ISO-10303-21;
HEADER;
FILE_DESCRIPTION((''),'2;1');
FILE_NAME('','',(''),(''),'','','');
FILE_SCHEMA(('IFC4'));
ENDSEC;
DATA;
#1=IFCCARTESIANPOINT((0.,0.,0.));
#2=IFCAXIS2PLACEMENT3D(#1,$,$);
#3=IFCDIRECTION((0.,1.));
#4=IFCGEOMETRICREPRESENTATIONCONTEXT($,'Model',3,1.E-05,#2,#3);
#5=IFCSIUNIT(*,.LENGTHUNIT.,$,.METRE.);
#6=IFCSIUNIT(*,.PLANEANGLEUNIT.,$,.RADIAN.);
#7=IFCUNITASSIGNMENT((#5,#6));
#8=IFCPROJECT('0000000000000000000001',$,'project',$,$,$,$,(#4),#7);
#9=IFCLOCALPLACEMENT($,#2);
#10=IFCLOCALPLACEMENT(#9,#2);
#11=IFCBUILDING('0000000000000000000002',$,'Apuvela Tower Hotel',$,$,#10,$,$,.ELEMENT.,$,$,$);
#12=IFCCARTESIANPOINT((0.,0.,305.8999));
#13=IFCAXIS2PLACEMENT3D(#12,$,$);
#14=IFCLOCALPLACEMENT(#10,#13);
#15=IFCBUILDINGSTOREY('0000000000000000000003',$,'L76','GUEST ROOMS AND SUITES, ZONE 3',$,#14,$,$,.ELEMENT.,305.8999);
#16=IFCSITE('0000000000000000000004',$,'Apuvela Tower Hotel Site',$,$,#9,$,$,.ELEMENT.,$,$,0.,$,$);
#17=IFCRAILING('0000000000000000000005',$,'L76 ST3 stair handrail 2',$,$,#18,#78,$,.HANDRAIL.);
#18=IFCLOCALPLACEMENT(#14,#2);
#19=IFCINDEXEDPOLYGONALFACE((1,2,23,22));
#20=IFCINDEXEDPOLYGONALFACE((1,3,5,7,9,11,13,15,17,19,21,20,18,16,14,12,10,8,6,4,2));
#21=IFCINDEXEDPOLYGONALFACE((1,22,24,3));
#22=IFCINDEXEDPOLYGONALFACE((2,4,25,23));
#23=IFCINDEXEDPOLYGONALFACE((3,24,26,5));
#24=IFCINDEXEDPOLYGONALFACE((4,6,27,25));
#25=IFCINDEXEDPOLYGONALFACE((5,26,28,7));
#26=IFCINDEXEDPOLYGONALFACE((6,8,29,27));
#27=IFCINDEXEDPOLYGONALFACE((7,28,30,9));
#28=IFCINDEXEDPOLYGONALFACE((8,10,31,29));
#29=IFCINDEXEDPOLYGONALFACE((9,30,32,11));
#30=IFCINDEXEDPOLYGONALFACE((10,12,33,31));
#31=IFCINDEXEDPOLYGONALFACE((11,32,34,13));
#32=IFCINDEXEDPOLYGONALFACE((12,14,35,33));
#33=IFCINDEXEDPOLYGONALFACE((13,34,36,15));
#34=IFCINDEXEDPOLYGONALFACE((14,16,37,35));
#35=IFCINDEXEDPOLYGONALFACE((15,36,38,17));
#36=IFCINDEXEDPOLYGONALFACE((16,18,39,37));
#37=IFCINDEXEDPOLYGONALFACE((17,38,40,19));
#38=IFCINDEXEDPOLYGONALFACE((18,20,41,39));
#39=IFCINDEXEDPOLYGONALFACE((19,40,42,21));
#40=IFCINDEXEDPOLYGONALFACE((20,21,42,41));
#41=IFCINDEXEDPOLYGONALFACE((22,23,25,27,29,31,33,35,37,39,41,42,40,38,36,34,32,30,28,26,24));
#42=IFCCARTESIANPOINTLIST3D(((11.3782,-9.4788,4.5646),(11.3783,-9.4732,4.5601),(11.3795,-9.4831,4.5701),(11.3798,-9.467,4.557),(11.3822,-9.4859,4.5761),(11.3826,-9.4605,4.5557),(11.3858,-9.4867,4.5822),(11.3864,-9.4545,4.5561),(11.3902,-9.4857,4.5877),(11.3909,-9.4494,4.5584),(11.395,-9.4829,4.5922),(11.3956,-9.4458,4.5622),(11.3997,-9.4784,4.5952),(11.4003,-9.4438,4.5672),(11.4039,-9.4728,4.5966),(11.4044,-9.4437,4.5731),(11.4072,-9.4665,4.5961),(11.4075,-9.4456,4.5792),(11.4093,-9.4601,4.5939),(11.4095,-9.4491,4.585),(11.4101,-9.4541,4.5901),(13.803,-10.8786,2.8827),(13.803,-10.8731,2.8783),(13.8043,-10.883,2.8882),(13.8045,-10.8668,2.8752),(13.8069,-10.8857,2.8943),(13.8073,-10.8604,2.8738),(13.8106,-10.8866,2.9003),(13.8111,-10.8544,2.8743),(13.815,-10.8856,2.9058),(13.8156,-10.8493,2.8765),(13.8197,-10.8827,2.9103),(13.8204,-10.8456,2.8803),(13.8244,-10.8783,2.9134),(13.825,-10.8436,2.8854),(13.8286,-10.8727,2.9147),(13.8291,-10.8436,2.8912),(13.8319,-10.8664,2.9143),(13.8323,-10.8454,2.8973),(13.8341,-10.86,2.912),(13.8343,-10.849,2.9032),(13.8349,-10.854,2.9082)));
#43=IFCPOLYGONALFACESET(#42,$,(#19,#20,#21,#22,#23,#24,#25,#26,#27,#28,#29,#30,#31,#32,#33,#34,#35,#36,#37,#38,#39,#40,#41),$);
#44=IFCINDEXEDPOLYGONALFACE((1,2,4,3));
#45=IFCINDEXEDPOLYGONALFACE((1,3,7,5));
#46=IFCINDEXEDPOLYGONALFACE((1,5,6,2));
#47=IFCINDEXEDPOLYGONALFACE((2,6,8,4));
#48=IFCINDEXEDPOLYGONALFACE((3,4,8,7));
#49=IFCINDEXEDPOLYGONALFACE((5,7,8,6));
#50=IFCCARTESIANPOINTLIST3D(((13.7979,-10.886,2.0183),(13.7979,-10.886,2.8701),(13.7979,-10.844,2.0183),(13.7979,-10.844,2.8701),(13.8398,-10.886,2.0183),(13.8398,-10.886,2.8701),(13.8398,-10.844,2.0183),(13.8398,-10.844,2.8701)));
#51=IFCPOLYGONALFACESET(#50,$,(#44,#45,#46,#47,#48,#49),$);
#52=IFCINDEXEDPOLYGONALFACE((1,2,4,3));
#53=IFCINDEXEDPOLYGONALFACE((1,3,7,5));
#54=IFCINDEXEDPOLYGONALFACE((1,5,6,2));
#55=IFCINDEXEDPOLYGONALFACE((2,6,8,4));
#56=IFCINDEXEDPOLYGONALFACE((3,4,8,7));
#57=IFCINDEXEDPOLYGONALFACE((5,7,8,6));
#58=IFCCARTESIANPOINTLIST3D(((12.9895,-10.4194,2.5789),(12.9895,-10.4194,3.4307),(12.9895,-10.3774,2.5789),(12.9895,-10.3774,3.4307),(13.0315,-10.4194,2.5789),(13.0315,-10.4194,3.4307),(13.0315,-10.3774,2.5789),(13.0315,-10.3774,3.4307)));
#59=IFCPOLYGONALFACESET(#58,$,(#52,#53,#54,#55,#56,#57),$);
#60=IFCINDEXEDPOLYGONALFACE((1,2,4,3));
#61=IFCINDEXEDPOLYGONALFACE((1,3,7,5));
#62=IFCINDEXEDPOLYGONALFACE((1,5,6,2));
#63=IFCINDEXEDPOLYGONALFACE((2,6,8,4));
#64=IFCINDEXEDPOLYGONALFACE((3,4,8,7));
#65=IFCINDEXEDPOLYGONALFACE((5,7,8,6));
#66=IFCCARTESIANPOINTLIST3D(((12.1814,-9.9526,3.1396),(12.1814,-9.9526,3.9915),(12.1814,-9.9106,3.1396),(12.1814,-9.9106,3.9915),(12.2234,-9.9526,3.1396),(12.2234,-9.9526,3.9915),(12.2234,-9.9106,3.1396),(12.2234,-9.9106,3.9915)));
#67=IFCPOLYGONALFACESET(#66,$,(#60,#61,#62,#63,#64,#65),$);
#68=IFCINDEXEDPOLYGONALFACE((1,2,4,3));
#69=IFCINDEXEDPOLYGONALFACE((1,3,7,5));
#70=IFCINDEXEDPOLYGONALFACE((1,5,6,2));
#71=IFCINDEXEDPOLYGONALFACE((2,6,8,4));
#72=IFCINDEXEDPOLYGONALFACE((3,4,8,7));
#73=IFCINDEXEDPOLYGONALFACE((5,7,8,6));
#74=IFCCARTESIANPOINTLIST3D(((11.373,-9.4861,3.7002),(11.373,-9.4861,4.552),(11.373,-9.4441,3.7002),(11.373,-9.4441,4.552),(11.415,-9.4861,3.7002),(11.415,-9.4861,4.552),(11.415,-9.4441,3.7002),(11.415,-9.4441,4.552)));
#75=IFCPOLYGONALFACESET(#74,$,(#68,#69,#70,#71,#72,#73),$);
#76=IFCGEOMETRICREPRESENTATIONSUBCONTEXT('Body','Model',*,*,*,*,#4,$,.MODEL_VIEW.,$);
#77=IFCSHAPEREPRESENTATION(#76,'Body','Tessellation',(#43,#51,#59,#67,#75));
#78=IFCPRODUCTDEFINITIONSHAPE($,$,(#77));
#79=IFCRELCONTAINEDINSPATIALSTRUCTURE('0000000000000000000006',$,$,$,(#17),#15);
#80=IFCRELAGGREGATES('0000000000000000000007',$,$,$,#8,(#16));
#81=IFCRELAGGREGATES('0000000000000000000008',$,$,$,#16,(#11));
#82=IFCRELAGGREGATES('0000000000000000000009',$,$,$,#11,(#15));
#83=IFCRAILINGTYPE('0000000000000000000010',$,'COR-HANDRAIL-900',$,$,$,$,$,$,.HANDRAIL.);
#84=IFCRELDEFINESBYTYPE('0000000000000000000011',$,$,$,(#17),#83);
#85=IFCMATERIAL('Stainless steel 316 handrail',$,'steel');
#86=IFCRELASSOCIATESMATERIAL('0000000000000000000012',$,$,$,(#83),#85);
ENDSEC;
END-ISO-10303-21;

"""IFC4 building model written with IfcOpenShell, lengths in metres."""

from ifc_helpers import new_model, si_unit, direction, frame, origin, origin_2d, place, context, subcontext, project, spatial, rectangle, circle, extrude, material, type_object, element, save


model = new_model("IFC4")

# Units and contexts
model_context = context("Model", 3, precision=1e-05, world=origin(), true_north=direction((0.0, 1.0)))
body_context = subcontext(model_context, "Body", "Model", "MODEL_VIEW")
ifc_project = project(units=[si_unit("LENGTHUNIT", "METRE"), si_unit("PLANEANGLEUNIT", "RADIAN")], contexts=[model_context])

# Site, building, storey
site_placement = place(None, origin())
site = spatial("IfcSite", under=ifc_project, at=site_placement, Name="Apuvela Tower Hotel Site", CompositionType="ELEMENT", RefElevation=0.0)
building_placement = place(site_placement, origin())
building = spatial("IfcBuilding", under=site, at=building_placement, Name="Apuvela Tower Hotel", CompositionType="ELEMENT")
storey_placement = place(building_placement, frame((0.0, 0.0, 305.8999)))
storey = spatial("IfcBuildingStorey", under=building, at=storey_placement, Name="L76", Description="GUEST ROOMS AND SUITES, ZONE 3", CompositionType="ELEMENT", Elevation=305.8999)

# Railing
ifc_material_1 = material(Name="Stainless steel 316 handrail", Category="steel")
railing_type_1 = type_object("IfcRailingType", Name="COR-HANDRAIL-900", PredefinedType="HANDRAIL", material=ifc_material_1)
railing_1_placement = place(storey_placement, frame((13.8188, -10.865, 2.0183)))
element("IfcRailing", 1, at=railing_1_placement, inside=storey, type_object=railing_type_1, Name="L76 ST3 stair handrail 2", PredefinedType="HANDRAIL", context=body_context, shape_type="SweptSolid", body=[
    extrude(circle(Radius=0.0239, at=origin_2d()), frame((0.0, 0.0, 0.876), z_axis=(-0.74239, 0.428601, 0.514934), x_axis=(-0.499984, -0.866035, 0.0)), (0.0, 0.0, 1.0), 3.2661),
    extrude(rectangle(XDim=0.042, YDim=0.042, at=origin_2d()), origin(), (0.0, 0.0, 1.0), 0.8518),
    extrude(rectangle(XDim=0.042, YDim=0.042, at=origin_2d()), frame((-0.8083, 0.4666, 0.5605)), (0.0, 0.0, 1.0), 0.8518),
    extrude(rectangle(XDim=0.042, YDim=0.042, at=origin_2d()), frame((-1.6165, 0.9333, 1.1213)), (0.0, 0.0, 1.0), 0.8518),
    extrude(rectangle(XDim=0.042, YDim=0.042, at=origin_2d()), frame((-2.4248, 1.3999, 1.6819)), (0.0, 0.0, 1.0), 0.8518),
])

save(model, "model.ifc")
